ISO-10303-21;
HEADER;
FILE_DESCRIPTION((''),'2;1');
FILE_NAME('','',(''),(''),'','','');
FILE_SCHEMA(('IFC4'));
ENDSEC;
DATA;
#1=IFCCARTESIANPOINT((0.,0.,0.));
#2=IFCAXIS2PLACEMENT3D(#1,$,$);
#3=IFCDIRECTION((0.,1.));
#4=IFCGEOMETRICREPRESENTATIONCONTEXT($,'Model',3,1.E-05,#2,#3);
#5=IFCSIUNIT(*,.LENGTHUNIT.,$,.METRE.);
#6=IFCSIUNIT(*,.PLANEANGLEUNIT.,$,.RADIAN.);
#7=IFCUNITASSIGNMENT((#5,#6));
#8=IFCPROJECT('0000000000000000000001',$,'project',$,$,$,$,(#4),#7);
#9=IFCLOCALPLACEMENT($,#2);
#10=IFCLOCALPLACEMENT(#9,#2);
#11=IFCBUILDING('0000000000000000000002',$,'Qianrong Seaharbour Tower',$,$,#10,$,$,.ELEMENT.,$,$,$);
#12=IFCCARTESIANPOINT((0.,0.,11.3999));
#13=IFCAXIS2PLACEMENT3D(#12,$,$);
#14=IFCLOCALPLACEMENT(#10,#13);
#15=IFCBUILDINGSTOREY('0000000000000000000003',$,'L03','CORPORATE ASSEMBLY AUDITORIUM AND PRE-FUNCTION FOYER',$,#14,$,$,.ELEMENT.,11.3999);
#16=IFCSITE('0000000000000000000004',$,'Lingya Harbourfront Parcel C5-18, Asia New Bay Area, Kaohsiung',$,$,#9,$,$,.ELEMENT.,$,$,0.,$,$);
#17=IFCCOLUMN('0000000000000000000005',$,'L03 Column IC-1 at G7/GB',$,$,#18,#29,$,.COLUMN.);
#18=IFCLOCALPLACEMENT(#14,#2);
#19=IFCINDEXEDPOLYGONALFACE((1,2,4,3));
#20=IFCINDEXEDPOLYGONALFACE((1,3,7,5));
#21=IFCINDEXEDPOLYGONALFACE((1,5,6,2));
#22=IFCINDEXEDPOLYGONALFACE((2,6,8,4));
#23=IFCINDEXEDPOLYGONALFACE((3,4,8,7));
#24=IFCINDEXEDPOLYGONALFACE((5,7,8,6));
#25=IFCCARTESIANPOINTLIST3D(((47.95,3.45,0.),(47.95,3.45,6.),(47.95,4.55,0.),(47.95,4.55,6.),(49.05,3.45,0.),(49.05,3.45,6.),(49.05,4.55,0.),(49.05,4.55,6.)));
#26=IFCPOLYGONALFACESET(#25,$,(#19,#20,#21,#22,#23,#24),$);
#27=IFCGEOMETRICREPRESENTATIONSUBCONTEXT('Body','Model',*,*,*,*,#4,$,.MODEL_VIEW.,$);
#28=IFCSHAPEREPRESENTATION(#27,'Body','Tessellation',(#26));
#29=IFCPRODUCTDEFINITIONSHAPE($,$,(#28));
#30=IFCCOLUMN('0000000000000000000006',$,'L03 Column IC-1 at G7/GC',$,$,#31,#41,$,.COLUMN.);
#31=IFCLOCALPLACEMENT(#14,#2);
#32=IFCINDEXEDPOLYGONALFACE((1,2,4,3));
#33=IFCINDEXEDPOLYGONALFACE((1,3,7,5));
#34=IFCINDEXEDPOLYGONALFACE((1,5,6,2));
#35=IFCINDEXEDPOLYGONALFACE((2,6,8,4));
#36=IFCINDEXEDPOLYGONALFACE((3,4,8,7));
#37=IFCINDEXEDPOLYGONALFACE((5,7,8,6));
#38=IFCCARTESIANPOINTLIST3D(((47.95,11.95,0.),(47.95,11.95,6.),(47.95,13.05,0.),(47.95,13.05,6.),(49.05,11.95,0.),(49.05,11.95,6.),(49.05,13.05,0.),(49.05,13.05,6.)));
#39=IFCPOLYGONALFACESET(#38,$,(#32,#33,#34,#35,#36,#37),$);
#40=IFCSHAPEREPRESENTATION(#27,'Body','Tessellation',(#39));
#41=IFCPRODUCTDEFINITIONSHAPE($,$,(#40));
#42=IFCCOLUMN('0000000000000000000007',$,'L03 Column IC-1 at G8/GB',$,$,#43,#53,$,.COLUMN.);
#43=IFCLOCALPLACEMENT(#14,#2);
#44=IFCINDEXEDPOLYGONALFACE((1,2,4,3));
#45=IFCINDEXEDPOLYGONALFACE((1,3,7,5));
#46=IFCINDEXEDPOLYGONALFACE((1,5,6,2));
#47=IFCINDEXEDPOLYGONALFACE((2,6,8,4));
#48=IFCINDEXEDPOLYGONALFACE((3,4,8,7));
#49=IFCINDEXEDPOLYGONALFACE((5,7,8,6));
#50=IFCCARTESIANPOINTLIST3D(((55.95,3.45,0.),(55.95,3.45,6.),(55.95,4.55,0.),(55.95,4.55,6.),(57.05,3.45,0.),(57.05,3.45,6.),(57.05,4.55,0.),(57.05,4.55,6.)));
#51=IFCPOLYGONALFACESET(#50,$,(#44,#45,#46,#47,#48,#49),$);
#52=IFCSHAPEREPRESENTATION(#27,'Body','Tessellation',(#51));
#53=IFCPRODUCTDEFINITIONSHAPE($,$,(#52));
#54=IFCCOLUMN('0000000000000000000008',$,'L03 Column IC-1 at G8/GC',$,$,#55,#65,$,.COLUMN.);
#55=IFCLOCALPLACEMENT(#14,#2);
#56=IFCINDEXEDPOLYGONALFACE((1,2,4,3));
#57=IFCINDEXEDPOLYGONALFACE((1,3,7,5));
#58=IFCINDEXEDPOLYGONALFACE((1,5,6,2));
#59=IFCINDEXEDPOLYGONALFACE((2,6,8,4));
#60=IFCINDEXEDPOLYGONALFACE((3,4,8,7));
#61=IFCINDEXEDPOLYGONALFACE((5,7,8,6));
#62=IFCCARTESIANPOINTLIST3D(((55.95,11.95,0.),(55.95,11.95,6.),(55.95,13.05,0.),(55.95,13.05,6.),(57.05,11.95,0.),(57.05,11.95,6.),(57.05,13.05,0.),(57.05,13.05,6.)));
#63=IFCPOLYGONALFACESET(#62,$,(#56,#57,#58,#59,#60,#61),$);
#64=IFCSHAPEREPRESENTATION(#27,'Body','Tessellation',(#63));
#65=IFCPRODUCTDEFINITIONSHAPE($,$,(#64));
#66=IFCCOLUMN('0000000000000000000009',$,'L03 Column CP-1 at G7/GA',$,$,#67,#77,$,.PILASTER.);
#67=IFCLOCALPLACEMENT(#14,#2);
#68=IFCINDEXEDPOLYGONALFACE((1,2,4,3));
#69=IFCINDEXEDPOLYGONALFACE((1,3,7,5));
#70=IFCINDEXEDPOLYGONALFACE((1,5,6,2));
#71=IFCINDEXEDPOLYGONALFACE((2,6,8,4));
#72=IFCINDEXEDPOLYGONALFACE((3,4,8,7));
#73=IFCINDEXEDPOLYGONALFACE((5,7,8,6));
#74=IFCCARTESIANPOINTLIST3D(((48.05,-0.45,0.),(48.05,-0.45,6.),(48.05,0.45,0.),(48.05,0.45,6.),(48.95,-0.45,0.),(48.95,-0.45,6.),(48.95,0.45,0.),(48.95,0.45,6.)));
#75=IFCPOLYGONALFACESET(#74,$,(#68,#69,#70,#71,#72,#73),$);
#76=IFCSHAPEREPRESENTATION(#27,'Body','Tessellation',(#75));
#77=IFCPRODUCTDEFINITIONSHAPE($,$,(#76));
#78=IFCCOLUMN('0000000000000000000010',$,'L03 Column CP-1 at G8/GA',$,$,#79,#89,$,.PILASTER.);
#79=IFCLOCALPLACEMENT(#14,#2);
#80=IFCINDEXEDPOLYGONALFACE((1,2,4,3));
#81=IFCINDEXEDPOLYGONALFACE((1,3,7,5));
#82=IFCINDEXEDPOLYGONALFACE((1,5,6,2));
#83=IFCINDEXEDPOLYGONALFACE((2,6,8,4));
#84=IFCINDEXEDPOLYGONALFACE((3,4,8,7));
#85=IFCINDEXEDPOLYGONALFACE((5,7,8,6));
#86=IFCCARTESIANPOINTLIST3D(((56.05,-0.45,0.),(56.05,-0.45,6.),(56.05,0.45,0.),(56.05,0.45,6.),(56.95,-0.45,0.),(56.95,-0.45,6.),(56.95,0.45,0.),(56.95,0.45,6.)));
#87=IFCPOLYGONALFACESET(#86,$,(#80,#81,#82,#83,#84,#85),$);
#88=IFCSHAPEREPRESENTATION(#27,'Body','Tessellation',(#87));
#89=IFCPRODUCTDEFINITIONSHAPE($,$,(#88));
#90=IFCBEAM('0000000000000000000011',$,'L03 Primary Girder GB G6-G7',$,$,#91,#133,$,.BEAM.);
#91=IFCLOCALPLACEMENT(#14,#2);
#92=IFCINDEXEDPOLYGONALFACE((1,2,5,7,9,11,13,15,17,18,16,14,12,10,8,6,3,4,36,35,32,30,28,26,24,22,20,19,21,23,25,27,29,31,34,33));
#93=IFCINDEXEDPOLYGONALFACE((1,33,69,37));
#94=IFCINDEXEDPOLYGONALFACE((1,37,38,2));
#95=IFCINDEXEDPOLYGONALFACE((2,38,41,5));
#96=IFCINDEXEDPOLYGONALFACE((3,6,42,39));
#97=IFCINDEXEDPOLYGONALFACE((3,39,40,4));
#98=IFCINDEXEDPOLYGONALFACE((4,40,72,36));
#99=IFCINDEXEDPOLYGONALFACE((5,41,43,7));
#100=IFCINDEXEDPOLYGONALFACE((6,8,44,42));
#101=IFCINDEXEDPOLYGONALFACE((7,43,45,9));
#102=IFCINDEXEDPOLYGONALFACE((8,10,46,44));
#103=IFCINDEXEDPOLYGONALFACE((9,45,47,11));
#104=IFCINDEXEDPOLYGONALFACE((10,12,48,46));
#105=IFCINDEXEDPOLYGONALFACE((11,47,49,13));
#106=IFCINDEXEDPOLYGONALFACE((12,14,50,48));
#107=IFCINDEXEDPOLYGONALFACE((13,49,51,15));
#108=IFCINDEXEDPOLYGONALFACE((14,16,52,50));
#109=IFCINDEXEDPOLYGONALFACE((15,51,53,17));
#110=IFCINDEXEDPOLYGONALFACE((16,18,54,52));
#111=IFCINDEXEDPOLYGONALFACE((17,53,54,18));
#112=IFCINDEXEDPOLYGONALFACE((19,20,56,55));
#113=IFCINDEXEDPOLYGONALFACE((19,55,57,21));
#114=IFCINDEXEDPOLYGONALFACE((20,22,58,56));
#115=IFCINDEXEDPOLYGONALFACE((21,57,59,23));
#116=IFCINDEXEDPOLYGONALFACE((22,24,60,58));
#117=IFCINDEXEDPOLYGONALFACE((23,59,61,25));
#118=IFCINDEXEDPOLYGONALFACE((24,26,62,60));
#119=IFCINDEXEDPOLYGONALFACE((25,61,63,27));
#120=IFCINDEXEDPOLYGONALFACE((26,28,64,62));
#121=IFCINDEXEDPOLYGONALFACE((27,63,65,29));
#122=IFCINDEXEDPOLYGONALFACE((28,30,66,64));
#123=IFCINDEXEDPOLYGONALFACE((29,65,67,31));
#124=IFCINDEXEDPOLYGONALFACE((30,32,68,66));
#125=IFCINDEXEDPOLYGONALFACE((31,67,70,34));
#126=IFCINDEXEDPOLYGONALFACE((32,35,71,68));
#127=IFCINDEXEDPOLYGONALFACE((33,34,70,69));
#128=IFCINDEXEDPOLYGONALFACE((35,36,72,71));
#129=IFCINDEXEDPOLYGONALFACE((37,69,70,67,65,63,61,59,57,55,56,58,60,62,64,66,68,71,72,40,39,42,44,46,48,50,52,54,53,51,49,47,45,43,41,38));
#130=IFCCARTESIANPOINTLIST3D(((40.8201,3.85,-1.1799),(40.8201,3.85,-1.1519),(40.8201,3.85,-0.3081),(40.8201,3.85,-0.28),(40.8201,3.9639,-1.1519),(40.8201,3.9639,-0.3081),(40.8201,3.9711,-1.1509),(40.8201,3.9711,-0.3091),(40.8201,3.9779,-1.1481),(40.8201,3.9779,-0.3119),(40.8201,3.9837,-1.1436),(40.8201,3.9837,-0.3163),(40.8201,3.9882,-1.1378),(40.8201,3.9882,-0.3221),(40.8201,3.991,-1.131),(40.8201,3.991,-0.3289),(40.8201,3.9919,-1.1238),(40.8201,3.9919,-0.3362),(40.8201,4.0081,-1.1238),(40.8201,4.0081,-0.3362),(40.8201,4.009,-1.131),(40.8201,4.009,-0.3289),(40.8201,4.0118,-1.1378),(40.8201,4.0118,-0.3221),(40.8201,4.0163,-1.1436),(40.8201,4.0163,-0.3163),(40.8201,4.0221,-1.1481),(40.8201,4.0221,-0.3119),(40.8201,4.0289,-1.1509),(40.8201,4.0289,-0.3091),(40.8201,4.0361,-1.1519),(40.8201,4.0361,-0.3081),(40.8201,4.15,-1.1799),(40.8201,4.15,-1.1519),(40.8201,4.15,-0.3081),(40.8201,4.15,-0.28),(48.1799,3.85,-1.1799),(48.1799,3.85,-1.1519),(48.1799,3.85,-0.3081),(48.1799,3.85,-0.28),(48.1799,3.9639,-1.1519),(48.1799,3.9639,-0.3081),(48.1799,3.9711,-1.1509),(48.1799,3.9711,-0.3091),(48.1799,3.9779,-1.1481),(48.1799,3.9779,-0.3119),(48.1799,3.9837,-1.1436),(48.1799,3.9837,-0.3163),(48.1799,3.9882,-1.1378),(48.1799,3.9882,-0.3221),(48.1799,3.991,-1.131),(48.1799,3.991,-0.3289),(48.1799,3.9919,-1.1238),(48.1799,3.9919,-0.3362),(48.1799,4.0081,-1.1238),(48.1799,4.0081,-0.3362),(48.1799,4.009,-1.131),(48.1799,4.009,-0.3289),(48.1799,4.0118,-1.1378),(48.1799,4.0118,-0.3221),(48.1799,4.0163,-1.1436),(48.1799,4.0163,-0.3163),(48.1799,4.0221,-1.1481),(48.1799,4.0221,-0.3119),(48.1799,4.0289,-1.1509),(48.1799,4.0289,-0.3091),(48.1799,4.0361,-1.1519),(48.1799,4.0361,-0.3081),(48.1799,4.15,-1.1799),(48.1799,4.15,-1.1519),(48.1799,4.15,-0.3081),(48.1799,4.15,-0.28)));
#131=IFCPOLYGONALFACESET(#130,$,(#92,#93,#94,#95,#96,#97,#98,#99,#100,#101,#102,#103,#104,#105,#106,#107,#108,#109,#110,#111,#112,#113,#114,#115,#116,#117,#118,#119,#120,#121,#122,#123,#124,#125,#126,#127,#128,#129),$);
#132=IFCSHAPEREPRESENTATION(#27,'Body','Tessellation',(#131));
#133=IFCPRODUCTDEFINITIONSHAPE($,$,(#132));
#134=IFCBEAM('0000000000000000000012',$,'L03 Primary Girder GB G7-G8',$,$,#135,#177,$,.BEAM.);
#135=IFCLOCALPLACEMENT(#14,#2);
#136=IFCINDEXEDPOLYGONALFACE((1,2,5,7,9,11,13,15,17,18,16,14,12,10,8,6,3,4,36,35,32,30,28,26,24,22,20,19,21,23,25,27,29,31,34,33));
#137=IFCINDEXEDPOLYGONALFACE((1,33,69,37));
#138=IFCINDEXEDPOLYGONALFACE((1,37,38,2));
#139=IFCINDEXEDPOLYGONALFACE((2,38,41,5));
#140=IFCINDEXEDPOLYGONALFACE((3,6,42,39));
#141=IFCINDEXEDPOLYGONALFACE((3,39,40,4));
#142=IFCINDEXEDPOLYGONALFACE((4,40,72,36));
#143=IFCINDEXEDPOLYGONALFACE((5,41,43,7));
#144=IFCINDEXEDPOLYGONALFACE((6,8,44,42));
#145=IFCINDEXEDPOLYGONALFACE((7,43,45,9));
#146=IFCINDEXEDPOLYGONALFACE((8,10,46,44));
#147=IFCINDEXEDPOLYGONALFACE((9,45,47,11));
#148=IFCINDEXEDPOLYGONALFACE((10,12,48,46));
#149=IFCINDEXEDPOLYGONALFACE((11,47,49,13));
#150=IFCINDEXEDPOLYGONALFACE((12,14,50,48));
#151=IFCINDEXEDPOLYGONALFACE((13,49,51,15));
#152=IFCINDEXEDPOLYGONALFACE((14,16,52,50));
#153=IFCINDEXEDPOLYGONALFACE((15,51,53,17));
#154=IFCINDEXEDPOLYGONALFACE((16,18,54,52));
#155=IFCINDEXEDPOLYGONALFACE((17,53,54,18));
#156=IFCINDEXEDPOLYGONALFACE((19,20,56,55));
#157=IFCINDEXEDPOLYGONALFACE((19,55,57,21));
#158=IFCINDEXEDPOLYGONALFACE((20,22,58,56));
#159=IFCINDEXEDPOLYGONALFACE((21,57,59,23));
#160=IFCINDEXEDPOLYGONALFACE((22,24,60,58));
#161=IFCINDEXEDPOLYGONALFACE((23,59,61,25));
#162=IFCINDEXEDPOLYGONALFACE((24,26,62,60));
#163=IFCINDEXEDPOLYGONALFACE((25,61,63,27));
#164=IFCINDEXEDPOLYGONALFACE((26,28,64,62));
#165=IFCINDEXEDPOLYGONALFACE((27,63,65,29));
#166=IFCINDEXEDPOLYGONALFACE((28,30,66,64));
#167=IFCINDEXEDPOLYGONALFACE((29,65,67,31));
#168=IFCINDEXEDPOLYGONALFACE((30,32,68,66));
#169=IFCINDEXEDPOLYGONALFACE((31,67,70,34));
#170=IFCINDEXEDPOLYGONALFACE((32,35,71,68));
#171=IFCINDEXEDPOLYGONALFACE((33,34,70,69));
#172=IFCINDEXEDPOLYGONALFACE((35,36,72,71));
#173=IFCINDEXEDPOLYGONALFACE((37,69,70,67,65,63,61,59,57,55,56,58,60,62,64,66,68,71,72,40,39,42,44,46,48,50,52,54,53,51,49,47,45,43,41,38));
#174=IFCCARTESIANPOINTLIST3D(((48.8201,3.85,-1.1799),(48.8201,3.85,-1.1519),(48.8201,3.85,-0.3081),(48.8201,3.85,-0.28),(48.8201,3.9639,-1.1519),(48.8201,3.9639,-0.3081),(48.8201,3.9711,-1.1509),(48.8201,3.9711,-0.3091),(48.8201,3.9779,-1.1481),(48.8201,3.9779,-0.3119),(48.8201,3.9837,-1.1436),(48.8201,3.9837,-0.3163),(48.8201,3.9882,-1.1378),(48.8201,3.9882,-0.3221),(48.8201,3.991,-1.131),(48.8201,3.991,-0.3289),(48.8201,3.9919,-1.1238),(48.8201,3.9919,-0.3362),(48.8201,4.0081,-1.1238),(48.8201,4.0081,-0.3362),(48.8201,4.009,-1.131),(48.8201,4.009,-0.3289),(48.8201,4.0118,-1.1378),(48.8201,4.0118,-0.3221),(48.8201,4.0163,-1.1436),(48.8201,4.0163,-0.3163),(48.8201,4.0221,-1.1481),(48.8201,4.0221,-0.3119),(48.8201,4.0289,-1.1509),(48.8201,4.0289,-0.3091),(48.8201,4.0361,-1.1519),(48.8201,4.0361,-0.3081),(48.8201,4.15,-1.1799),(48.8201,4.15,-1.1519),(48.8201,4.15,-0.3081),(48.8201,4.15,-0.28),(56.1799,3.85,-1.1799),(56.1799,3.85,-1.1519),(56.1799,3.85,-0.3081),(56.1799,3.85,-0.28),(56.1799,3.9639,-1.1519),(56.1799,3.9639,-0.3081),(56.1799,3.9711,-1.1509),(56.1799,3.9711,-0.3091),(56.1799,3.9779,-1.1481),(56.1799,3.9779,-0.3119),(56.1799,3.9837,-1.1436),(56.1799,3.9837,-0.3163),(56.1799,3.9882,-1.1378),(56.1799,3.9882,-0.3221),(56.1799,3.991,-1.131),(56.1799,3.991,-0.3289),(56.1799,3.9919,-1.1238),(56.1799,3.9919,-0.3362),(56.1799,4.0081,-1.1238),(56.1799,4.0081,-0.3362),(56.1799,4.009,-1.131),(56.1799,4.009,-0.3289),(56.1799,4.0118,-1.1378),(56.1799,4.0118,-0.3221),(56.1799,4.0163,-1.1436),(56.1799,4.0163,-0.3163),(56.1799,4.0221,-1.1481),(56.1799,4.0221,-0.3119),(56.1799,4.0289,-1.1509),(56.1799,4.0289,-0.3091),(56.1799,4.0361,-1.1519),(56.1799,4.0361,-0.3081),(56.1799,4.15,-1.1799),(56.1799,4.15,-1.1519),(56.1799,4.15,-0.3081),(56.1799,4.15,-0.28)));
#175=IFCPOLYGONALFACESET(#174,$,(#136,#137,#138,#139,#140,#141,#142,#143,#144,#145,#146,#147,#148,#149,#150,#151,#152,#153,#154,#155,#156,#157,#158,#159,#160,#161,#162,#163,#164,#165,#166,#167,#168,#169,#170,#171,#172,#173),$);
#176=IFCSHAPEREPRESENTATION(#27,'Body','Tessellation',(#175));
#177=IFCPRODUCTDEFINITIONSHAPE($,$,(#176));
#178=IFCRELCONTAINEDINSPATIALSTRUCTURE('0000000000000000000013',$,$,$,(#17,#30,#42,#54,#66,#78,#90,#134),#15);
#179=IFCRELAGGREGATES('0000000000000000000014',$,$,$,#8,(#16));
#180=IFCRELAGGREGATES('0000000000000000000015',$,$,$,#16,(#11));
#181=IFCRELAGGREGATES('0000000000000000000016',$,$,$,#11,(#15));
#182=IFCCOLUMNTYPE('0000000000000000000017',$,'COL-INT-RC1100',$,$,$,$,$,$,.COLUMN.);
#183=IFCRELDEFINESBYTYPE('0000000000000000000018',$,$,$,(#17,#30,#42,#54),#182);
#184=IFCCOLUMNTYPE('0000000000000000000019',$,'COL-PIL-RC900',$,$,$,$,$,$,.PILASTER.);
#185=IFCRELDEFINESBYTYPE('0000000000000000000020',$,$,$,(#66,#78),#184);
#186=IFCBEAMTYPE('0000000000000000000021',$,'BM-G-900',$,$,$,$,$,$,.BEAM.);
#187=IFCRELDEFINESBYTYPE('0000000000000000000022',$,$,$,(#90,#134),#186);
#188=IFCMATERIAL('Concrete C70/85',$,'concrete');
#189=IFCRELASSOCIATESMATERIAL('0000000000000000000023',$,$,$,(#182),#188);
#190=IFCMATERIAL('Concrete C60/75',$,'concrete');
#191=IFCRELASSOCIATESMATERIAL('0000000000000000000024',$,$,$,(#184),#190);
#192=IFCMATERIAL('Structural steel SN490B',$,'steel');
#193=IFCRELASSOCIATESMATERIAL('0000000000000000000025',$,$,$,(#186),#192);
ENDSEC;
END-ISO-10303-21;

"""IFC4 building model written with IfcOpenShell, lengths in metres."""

from ifc_helpers import new_model, si_unit, direction, frame, origin, origin_2d, place, context, subcontext, project, spatial, rectangle, i_section, extrude, material, material_profile, profile_set, type_object, element, save


model = new_model("IFC4")

# Units and contexts
model_context = context("Model", 3, precision=1e-05, world=origin(), true_north=direction((0.0, 1.0)))
body_context = subcontext(model_context, "Body", "Model", "MODEL_VIEW")
ifc_project = project(units=[si_unit("LENGTHUNIT", "METRE"), si_unit("PLANEANGLEUNIT", "RADIAN")], contexts=[model_context])

# Site, building, storey
site_placement = place(None, origin())
site = spatial("IfcSite", under=ifc_project, at=site_placement, Name="Lingya Harbourfront Parcel C5-18, Asia New Bay Area, Kaohsiung", CompositionType="ELEMENT", RefElevation=0.0)
building_placement = place(site_placement, origin())
building = spatial("IfcBuilding", under=site, at=building_placement, Name="Qianrong Seaharbour Tower", CompositionType="ELEMENT")
storey_placement = place(building_placement, frame((0.0, 0.0, 11.3999)))
storey = spatial("IfcBuildingStorey", under=building, at=storey_placement, Name="L03", Description="CORPORATE ASSEMBLY AUDITORIUM AND PRE-FUNCTION FOYER", CompositionType="ELEMENT", Elevation=11.3999)

# Columns
ifc_material_1 = material(Name="Concrete C70/85", Category="concrete")
ifc_material_profile_1 = material_profile(ifc_material_1, rectangle(XDim=1.1001, YDim=1.1001, at=origin_2d()), Name="RC1100x1100")
ifc_profile_set_1 = profile_set([ifc_material_profile_1], Name="Concrete C70/85")
column_type_1 = type_object("IfcColumnType", Name="COL-INT-RC1100", PredefinedType="COLUMN", material=ifc_profile_set_1)
for number, where, z_axis, x_axis, name in (
    (1, (48.5, 4.0, 0.0), (0.0, 0.0, 1.0), (1.0, 0.0, 0.0), "L03 Column IC-1 at G7/GB"),
    (2, (48.5, 12.5, 0.0), (0.0, 0.0, 1.0), (1.0, 0.0, 0.0), "L03 Column IC-1 at G7/GC"),
    (3, (56.5, 4.0, 0.0), (0.0, 0.0, 1.0), (1.0, 0.0, 0.0), "L03 Column IC-1 at G8/GB"),
    (4, (56.5, 12.5, 0.0), (0.0, 0.0, 1.0), (1.0, 0.0, 0.0), "L03 Column IC-1 at G8/GC"),
):
    element("IfcColumn", number, at=place(storey_placement, frame(where, z_axis=z_axis, x_axis=x_axis)), inside=storey, type_object=column_type_1, Name=name, PredefinedType="COLUMN", context=body_context, shape_type="SweptSolid", body=[
        extrude(rectangle(XDim=1.1001, YDim=1.1001, at=origin_2d()), origin(), (0.0, 0.0, 1.0), 6.0),
    ])
ifc_material_2 = material(Name="Concrete C60/75", Category="concrete")
ifc_material_profile_2 = material_profile(ifc_material_2, rectangle(XDim=0.8999, YDim=0.8999, at=origin_2d()), Name="RC900x900")
ifc_profile_set_2 = profile_set([ifc_material_profile_2], Name="Concrete C60/75")
column_type_2 = type_object("IfcColumnType", Name="COL-PIL-RC900", PredefinedType="PILASTER", material=ifc_profile_set_2)
for number, where, z_axis, x_axis, name in (
    (5, (48.5, 0.0, 0.0), (0.0, 0.0, 1.0), (1.0, 0.0, 0.0), "L03 Column CP-1 at G7/GA"),
    (6, (56.5, 0.0, 0.0), (0.0, 0.0, 1.0), (1.0, 0.0, 0.0), "L03 Column CP-1 at G8/GA"),
):
    element("IfcColumn", number, at=place(storey_placement, frame(where, z_axis=z_axis, x_axis=x_axis)), inside=storey, type_object=column_type_2, Name=name, PredefinedType="PILASTER", context=body_context, shape_type="SweptSolid", body=[
        extrude(rectangle(XDim=0.8999, YDim=0.8999, at=origin_2d()), origin(), (0.0, 0.0, 1.0), 6.0),
    ])

# Beams
ifc_material_3 = material(Name="Structural steel SN490B", Category="steel")
ifc_material_profile_3 = material_profile(ifc_material_3, i_section(OverallWidth=0.3, OverallDepth=0.8999, WebThickness=0.0161, FlangeThickness=0.0281, FilletRadius=0.0281, at=origin_2d()), Name="H900x300x16x28")
ifc_profile_set_3 = profile_set([ifc_material_profile_3], Name="Structural steel SN490B")
beam_type_1 = type_object("IfcBeamType", Name="BM-G-900", PredefinedType="BEAM", material=ifc_profile_set_3)
for number, where, z_axis, x_axis, name in (
    (7, (40.8201, 4.0, -0.73), (1.0, 0.0, 0.0), (0.0, 1.0, 0.0), "L03 Primary Girder GB G6-G7"),
    (8, (48.8201, 4.0, -0.73), (1.0, 0.0, 0.0), (0.0, 1.0, 0.0), "L03 Primary Girder GB G7-G8"),
):
    element("IfcBeam", number, at=place(storey_placement, frame(where, z_axis=z_axis, x_axis=x_axis)), inside=storey, type_object=beam_type_1, Name=name, PredefinedType="BEAM", context=body_context, shape_type="SweptSolid", body=[
        extrude(i_section(OverallWidth=0.3, OverallDepth=0.8999, WebThickness=0.0161, FlangeThickness=0.0281, FilletRadius=0.0281, at=origin_2d()), origin(), (0.0, 0.0, 1.0), 7.3599),
    ])

save(model, "model.ifc")
